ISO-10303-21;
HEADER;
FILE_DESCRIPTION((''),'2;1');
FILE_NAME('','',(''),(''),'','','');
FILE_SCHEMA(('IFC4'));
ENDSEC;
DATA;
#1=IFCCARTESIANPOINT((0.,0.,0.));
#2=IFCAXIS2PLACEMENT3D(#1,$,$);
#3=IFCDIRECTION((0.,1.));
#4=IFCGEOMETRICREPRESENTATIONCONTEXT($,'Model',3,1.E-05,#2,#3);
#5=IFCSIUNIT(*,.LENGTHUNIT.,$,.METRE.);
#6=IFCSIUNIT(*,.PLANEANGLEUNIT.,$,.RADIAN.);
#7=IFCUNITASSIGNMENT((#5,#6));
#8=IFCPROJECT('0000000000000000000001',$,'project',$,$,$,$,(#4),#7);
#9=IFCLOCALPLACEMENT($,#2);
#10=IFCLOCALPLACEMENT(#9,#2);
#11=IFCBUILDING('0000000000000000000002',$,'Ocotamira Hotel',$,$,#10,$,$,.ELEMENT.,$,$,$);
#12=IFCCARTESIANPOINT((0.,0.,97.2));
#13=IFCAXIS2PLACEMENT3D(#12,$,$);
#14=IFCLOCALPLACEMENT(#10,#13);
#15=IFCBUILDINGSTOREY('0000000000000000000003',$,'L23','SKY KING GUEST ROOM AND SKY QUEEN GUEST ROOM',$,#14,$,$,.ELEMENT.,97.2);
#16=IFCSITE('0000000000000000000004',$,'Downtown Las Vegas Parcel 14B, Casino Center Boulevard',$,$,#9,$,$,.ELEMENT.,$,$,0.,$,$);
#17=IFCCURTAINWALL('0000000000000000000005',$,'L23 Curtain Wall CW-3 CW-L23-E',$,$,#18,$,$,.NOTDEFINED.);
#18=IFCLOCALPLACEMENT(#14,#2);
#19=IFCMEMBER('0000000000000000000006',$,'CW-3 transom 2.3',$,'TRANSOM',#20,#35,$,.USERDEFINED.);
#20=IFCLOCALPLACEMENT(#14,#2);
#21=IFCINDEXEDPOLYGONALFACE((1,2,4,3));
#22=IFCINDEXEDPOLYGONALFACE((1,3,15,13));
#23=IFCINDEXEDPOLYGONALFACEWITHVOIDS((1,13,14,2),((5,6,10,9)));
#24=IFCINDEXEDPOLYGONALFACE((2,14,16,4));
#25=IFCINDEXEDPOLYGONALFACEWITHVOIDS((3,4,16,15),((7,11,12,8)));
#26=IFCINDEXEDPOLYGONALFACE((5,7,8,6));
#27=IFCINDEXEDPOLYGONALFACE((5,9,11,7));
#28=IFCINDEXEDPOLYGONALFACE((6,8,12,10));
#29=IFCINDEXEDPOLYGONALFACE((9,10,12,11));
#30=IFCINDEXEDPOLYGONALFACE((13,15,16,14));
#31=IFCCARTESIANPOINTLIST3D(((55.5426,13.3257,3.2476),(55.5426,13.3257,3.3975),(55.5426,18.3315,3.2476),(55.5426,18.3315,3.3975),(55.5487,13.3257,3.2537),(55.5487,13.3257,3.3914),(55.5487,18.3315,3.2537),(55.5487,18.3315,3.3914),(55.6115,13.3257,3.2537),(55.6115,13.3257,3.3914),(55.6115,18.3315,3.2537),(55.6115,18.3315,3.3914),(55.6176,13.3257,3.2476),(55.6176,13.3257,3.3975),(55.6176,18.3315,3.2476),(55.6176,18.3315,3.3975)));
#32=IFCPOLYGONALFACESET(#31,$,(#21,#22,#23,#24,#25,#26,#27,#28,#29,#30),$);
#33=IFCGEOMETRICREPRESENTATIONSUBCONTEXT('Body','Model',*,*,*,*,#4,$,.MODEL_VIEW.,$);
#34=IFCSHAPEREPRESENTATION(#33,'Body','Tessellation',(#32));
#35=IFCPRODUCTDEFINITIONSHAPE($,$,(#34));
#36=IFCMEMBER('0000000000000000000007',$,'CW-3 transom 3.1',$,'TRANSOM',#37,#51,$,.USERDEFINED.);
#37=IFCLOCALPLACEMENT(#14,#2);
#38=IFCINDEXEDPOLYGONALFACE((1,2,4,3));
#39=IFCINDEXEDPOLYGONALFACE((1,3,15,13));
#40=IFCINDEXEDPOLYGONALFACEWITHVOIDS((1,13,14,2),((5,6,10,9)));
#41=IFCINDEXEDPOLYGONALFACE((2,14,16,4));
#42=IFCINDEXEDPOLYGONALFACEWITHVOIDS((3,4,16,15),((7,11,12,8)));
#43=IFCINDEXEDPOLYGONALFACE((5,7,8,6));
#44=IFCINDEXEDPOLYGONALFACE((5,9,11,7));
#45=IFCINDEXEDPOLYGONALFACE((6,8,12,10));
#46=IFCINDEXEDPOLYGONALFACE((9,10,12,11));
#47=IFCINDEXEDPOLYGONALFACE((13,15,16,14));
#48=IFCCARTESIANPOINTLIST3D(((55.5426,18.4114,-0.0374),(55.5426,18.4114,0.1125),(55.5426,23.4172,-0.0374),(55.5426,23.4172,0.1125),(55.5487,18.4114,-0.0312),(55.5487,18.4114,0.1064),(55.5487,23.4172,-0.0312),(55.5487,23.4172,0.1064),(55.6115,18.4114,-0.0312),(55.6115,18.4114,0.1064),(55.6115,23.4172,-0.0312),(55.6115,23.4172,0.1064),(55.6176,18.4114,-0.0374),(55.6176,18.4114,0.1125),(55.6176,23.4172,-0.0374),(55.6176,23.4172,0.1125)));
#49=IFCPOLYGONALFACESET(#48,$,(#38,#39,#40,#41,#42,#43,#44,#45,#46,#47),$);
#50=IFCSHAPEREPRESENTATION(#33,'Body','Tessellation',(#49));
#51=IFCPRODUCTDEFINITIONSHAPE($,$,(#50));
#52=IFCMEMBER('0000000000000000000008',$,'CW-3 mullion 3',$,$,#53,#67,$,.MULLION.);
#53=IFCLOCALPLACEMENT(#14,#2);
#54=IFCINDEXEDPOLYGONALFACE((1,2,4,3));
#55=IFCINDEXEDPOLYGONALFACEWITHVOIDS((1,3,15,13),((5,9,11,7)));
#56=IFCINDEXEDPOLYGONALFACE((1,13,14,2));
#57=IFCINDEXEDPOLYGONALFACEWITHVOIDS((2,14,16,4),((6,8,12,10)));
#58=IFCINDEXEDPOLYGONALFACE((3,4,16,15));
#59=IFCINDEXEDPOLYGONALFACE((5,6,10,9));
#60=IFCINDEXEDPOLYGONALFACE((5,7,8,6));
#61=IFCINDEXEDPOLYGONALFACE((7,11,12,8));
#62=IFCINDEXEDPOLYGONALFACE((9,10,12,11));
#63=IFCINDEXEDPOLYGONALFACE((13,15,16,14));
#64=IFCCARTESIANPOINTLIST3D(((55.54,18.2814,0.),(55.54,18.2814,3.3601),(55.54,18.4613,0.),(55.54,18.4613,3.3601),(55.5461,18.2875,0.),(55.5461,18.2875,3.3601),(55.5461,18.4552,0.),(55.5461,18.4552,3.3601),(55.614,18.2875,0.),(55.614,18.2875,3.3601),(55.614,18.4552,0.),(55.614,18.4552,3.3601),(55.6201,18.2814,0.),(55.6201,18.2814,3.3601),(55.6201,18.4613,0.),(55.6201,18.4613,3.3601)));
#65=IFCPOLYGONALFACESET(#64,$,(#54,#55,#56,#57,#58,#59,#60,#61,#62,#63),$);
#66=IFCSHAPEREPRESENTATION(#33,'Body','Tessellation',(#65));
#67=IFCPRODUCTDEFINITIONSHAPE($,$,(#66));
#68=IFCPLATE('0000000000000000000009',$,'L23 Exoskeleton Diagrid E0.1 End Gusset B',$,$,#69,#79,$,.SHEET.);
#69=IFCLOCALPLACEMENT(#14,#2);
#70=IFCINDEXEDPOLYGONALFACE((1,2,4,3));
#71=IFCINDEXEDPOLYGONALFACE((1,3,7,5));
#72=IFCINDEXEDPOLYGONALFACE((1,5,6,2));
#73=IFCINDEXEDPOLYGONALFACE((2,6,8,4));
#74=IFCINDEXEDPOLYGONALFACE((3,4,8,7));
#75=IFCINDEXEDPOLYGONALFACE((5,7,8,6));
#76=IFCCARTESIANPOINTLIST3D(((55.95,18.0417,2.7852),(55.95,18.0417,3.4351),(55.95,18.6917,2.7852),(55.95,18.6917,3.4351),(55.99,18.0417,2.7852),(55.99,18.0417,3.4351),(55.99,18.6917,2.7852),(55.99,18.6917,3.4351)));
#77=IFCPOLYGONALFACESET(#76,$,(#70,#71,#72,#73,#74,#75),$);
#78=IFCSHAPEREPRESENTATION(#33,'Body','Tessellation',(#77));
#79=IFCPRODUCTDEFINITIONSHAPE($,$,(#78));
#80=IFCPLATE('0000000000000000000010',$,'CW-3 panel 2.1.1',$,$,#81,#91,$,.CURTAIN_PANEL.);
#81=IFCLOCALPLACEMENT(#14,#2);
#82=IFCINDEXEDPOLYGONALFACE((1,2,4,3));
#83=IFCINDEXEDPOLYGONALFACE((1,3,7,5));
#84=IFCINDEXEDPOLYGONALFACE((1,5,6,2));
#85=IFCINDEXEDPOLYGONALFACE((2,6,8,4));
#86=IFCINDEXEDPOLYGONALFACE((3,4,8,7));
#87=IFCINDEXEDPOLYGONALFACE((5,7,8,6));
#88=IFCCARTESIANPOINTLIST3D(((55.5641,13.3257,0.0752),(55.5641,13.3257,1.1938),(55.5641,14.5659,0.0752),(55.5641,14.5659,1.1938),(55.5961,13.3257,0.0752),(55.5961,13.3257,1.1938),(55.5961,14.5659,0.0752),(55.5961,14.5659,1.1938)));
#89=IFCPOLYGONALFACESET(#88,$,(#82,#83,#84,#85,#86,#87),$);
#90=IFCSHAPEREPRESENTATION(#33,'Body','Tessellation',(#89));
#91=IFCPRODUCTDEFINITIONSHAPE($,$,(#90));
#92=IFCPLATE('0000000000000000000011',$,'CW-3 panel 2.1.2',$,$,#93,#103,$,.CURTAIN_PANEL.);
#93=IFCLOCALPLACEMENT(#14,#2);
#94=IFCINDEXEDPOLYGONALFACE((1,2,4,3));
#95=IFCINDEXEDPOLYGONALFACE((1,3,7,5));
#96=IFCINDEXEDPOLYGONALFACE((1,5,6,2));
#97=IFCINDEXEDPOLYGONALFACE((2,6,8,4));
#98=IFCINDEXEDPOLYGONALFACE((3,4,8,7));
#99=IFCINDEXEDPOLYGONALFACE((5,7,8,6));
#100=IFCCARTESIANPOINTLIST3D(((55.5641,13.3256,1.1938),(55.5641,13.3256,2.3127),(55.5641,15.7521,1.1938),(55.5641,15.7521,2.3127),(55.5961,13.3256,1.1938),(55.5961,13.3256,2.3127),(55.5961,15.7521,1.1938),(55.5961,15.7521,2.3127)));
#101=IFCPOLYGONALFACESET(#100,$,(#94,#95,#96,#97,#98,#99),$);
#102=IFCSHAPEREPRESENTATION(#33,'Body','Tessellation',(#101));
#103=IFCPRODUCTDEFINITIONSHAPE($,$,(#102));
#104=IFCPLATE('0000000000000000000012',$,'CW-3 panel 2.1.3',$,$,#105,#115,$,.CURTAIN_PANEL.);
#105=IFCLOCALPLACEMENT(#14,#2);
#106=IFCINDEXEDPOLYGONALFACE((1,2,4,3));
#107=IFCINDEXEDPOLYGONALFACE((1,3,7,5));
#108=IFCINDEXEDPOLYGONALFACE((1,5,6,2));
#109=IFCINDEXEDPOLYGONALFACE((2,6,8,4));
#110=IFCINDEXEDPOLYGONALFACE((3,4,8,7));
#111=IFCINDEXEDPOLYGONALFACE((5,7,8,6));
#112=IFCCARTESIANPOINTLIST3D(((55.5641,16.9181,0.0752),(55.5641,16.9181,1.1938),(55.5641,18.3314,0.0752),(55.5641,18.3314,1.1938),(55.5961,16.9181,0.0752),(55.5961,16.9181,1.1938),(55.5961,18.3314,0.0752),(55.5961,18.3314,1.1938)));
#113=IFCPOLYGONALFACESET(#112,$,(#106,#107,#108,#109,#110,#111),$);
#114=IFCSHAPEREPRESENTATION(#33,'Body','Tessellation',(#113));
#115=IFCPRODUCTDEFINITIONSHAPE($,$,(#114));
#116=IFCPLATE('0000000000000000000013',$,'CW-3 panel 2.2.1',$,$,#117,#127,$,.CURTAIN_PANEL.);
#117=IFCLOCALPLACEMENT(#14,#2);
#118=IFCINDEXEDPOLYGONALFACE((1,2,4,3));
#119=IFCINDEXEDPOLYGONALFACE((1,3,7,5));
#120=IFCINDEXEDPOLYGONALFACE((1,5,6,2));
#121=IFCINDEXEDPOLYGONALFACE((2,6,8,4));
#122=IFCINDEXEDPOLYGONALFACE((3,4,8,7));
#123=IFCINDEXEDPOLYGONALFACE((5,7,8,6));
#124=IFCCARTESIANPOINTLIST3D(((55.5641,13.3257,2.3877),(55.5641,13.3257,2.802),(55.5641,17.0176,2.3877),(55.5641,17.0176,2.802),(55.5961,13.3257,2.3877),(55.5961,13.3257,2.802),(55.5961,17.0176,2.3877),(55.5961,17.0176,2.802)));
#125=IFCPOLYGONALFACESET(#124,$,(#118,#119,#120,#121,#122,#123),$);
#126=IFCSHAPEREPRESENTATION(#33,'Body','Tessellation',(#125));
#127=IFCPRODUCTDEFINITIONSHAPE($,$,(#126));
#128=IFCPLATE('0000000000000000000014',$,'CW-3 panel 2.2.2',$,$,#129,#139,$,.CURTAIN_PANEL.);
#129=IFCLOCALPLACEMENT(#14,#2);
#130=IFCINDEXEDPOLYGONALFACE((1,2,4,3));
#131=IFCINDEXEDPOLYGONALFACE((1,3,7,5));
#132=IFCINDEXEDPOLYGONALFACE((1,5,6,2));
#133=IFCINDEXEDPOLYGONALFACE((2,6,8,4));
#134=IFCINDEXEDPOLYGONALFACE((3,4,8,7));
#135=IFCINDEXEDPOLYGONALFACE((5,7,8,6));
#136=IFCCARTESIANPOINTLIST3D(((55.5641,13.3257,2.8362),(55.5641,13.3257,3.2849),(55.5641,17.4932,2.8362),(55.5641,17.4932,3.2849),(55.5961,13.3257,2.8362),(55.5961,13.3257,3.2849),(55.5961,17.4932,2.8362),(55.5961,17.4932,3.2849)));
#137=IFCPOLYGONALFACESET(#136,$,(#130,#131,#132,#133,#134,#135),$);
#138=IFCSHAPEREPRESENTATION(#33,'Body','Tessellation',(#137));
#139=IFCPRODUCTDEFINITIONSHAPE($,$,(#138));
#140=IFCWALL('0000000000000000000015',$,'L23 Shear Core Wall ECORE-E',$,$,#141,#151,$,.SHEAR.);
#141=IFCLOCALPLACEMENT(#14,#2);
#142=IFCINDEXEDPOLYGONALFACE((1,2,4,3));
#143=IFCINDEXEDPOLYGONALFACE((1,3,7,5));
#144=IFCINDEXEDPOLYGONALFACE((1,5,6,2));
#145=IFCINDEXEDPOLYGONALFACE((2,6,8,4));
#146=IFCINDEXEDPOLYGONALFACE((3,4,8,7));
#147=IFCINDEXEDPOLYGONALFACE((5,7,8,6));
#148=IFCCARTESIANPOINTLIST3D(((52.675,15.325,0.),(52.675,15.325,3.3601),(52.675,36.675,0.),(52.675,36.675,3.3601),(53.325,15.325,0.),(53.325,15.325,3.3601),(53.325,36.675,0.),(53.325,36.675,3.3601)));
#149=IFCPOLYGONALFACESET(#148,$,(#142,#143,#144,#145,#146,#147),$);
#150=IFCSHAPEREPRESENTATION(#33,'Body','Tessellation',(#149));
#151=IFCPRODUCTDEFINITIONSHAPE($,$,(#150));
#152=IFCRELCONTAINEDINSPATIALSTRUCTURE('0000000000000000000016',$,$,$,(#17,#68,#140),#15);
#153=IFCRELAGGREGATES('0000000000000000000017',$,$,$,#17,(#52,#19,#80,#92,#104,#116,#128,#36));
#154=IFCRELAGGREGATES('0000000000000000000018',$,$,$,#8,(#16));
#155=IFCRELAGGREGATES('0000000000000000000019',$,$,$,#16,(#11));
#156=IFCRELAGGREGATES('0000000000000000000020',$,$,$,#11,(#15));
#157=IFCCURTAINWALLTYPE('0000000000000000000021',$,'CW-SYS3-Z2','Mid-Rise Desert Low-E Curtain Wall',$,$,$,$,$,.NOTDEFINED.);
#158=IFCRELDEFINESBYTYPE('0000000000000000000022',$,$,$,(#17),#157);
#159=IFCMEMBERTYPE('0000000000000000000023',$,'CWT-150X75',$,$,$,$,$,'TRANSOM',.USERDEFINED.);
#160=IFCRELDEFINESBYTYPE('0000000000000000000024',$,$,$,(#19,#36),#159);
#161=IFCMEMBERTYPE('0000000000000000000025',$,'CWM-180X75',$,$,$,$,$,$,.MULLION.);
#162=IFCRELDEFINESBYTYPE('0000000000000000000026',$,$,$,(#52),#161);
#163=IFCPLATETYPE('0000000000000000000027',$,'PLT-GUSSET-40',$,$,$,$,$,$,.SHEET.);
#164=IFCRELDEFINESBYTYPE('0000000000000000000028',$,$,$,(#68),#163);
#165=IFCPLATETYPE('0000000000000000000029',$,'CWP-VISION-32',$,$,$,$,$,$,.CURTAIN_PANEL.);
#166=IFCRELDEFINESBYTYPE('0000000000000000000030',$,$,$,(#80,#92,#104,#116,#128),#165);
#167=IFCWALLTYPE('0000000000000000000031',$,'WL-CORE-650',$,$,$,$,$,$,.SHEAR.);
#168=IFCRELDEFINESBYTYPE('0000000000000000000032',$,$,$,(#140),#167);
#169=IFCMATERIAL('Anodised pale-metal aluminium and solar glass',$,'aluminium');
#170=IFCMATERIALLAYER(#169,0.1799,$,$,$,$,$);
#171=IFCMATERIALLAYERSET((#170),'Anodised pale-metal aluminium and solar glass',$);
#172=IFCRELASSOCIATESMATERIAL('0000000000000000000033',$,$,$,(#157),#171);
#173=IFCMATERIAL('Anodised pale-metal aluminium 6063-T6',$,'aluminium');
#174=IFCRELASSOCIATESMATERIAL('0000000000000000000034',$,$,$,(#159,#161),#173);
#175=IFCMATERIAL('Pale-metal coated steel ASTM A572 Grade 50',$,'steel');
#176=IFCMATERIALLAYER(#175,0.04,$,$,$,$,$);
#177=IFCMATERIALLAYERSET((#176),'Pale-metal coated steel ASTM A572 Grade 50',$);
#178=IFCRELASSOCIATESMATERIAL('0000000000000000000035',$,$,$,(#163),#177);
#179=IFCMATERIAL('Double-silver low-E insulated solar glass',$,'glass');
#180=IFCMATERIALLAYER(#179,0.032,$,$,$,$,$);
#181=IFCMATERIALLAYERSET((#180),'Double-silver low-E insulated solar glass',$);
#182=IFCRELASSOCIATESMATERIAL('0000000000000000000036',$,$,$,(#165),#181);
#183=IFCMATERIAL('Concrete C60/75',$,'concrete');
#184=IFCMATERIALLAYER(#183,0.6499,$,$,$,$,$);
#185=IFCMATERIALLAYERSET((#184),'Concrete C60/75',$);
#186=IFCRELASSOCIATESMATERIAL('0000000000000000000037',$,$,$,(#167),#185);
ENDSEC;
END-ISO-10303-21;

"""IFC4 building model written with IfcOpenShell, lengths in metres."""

from ifc_helpers import new_model, si_unit, direction, frame, frame_2d, origin, origin_2d, place, context, subcontext, project, spatial, rectangle, hollow_rectangle, extrude, source, transform, mapped, material, layer, layer_set, material_profile, profile_set, type_object, element, aggregate, save


model = new_model("IFC4")

# Units and contexts
model_context = context("Model", 3, precision=1e-05, world=origin(), true_north=direction((0.0, 1.0)))
body_context = subcontext(model_context, "Body", "Model", "MODEL_VIEW")
ifc_project = project(units=[si_unit("LENGTHUNIT", "METRE"), si_unit("PLANEANGLEUNIT", "RADIAN")], contexts=[model_context])

# Site, building, storey
site_placement = place(None, origin())
site = spatial("IfcSite", under=ifc_project, at=site_placement, Name="Downtown Las Vegas Parcel 14B, Casino Center Boulevard", CompositionType="ELEMENT", RefElevation=0.0)
building_placement = place(site_placement, origin())
building = spatial("IfcBuilding", under=site, at=building_placement, Name="Ocotamira Hotel", CompositionType="ELEMENT")
storey_placement = place(building_placement, frame((0.0, 0.0, 97.2)))
storey = spatial("IfcBuildingStorey", under=building, at=storey_placement, Name="L23", Description="SKY KING GUEST ROOM AND SKY QUEEN GUEST ROOM", CompositionType="ELEMENT", Elevation=97.2)

# Curtain wall, members
ifc_material_1 = material(Name="Anodised pale-metal aluminium and solar glass", Category="aluminium")
ifc_layer_1 = layer(ifc_material_1, 0.1799)
ifc_layer_set_1 = layer_set([ifc_layer_1], Name="Anodised pale-metal aluminium and solar glass")
curtain_wall_type = type_object("IfcCurtainWallType", Name="CW-SYS3-Z2", Description="Mid-Rise Desert Low-E Curtain Wall", PredefinedType="NOTDEFINED", material=ifc_layer_set_1)
curtain_wall_placement = place(storey_placement, origin())
curtain_wall = element("IfcCurtainWall", 1, at=curtain_wall_placement, inside=storey, type_object=curtain_wall_type, Name="L23 Curtain Wall CW-3 CW-L23-E", PredefinedType="NOTDEFINED")
ifc_material_2 = material(Name="Anodised pale-metal aluminium 6063-T6", Category="aluminium")
ifc_material_profile_1 = material_profile(ifc_material_2, hollow_rectangle(XDim=0.075, YDim=0.1499, WallThickness=0.0061, at=origin_2d()), Name="HSS150X75X6")
ifc_profile_set_1 = profile_set([ifc_material_profile_1], Name="Anodised pale-metal aluminium 6063-T6")
member_type_1 = type_object("IfcMemberType", Name="CWT-150X75", ElementType="TRANSOM", PredefinedType="USERDEFINED", material=ifc_profile_set_1)
shared_shape_1 = source(origin(), body_context, "Body", "SweptSolid", [
    extrude(hollow_rectangle(XDim=0.075, YDim=0.1499, WallThickness=0.0061, at=origin_2d()), origin(), (0.0, 0.0, 1.0), 5.0059),
])
member_1_placement = place(storey_placement, frame((55.5801, 13.3257, 3.3225), z_axis=(0.0, 1.0, 0.0), x_axis=(-1.0, 0.0, 0.0)))
member_1 = element("IfcMember", 2, at=member_1_placement, type_object=member_type_1, Name="CW-3 transom 2.3", ObjectType="TRANSOM", PredefinedType="USERDEFINED", context=body_context, shape_type="MappedRepresentation", body=[
    mapped(shared_shape_1, transform((0.0, 0.0, 0.0), scale=1.0)),
])
member_2_placement = place(storey_placement, frame((55.5801, 18.4114, 0.0376), z_axis=(0.0, 1.0, 0.0), x_axis=(-1.0, 0.0, 0.0)))
member_2 = element("IfcMember", 3, at=member_2_placement, type_object=member_type_1, Name="CW-3 transom 3.1", ObjectType="TRANSOM", PredefinedType="USERDEFINED", context=body_context, shape_type="MappedRepresentation", body=[
    mapped(shared_shape_1, transform((0.0, 0.0, 0.0), scale=1.0)),
])
ifc_material_profile_2 = material_profile(ifc_material_2, hollow_rectangle(XDim=0.0801, YDim=0.1799, WallThickness=0.0061, at=origin_2d()), Name="HSS180X80X6")
ifc_profile_set_2 = profile_set([ifc_material_profile_2], Name="Anodised pale-metal aluminium 6063-T6")
member_type_2 = type_object("IfcMemberType", Name="CWM-180X75", PredefinedType="MULLION", material=ifc_profile_set_2)
shared_shape_2 = source(origin(), body_context, "Body", "SweptSolid", [
    extrude(hollow_rectangle(XDim=0.0801, YDim=0.1799, WallThickness=0.0061, at=origin_2d()), origin(), (0.0, 0.0, 1.0), 3.3601),
])
member_3_placement = place(storey_placement, frame((55.5801, 18.3713, 0.0), z_axis=(0.0, 0.0, 1.0), x_axis=(-1.0, 0.0, 0.0)))
member_3 = element("IfcMember", 4, at=member_3_placement, type_object=member_type_2, Name="CW-3 mullion 3", PredefinedType="MULLION", context=body_context, shape_type="MappedRepresentation", body=[
    mapped(shared_shape_2, transform((0.0, 0.0, 0.0), scale=1.0)),
])

# Plates
ifc_material_3 = material(Name="Pale-metal coated steel ASTM A572 Grade 50", Category="steel")
ifc_layer_2 = layer(ifc_material_3, 0.04)
ifc_layer_set_2 = layer_set([ifc_layer_2], Name="Pale-metal coated steel ASTM A572 Grade 50")
plate_type_1 = type_object("IfcPlateType", Name="PLT-GUSSET-40", PredefinedType="SHEET", material=ifc_layer_set_2)
shared_shape_3 = source(origin(), body_context, "Body", "SweptSolid", [
    extrude(rectangle(XDim=0.04, YDim=0.6499, at=origin_2d()), origin(), (0.0, 0.0, 1.0), 0.6499),
])
plate_1_placement = place(storey_placement, frame((55.97, 18.3667, 2.7852), z_axis=(0.0, 0.0, 1.0), x_axis=(1.0, 0.0, 0.0)))
element("IfcPlate", 5, at=plate_1_placement, inside=storey, type_object=plate_type_1, Name="L23 Exoskeleton Diagrid E0.1 End Gusset B", PredefinedType="SHEET", context=body_context, shape_type="MappedRepresentation", body=[
    mapped(shared_shape_3, transform((0.0, 0.0, 0.0), scale=1.0)),
])
ifc_material_4 = material(Name="Double-silver low-E insulated solar glass", Category="glass")
ifc_layer_3 = layer(ifc_material_4, 0.032)
ifc_layer_set_3 = layer_set([ifc_layer_3], Name="Double-silver low-E insulated solar glass")
plate_type_2 = type_object("IfcPlateType", Name="CWP-VISION-32", PredefinedType="CURTAIN_PANEL", material=ifc_layer_set_3)
shared_shape_4 = source(origin(), body_context, "Body", "SweptSolid", [
    extrude(rectangle(XDim=1.2402, YDim=0.032, at=origin_2d()), origin(), (0.0, 0.0, 1.0), 1.1187),
])
plate_2_placement = place(storey_placement, frame((55.5801, 13.9458, 0.0752), z_axis=(0.0, 0.0, 1.0), x_axis=(0.0, 1.0, 0.0)))
plate_2 = element("IfcPlate", 6, at=plate_2_placement, type_object=plate_type_2, Name="CW-3 panel 2.1.1", PredefinedType="CURTAIN_PANEL", context=body_context, shape_type="MappedRepresentation", body=[
    mapped(shared_shape_4, transform((0.0, 0.0, 0.0), scale=1.0)),
])
shared_shape_5 = source(origin(), body_context, "Body", "SweptSolid", [
    extrude(rectangle(XDim=2.4265, YDim=0.032, at=origin_2d()), origin(), (0.0, 0.0, 1.0), 1.1189),
])
plate_3_placement = place(storey_placement, frame((55.5801, 14.5388, 1.1938), z_axis=(0.0, 0.0, 1.0), x_axis=(0.0, 1.0, 0.0)))
plate_3 = element("IfcPlate", 7, at=plate_3_placement, type_object=plate_type_2, Name="CW-3 panel 2.1.2", PredefinedType="CURTAIN_PANEL", context=body_context, shape_type="MappedRepresentation", body=[
    mapped(shared_shape_5, transform((0.0, 0.0, 0.0), scale=1.0)),
])
shared_shape_6 = source(origin(), body_context, "Body", "SweptSolid", [
    extrude(rectangle(XDim=1.4133, YDim=0.032, at=origin_2d()), origin(), (0.0, 0.0, 1.0), 1.1187),
])
plate_4_placement = place(storey_placement, frame((55.5801, 17.6248, 0.0752), z_axis=(0.0, 0.0, 1.0), x_axis=(0.0, 1.0, 0.0)))
plate_4 = element("IfcPlate", 8, at=plate_4_placement, type_object=plate_type_2, Name="CW-3 panel 2.1.3", PredefinedType="CURTAIN_PANEL", context=body_context, shape_type="MappedRepresentation", body=[
    mapped(shared_shape_6, transform((0.0, 0.0, 0.0), scale=1.0)),
])
shared_shape_7 = source(origin(), body_context, "Body", "SweptSolid", [
    extrude(rectangle(XDim=3.6919, YDim=0.032, at=origin_2d()), origin(), (0.0, 0.0, 1.0), 0.4143),
])
plate_5_placement = place(storey_placement, frame((55.5801, 15.1716, 2.3877), z_axis=(0.0, 0.0, 1.0), x_axis=(0.0, 1.0, 0.0)))
plate_5 = element("IfcPlate", 9, at=plate_5_placement, type_object=plate_type_2, Name="CW-3 panel 2.2.1", PredefinedType="CURTAIN_PANEL", context=body_context, shape_type="MappedRepresentation", body=[
    mapped(shared_shape_7, transform((0.0, 0.0, 0.0), scale=1.0)),
])
shared_shape_8 = source(origin(), body_context, "Body", "SweptSolid", [
    extrude(rectangle(XDim=4.1675, YDim=0.032, at=origin_2d()), origin(), (0.0, 0.0, 1.0), 0.4487),
])
plate_6_placement = place(storey_placement, frame((55.5801, 15.4094, 2.8362), z_axis=(0.0, 0.0, 1.0), x_axis=(0.0, 1.0, 0.0)))
plate_6 = element("IfcPlate", 10, at=plate_6_placement, type_object=plate_type_2, Name="CW-3 panel 2.2.2", PredefinedType="CURTAIN_PANEL", context=body_context, shape_type="MappedRepresentation", body=[
    mapped(shared_shape_8, transform((0.0, 0.0, 0.0), scale=1.0)),
])
aggregate(curtain_wall, [member_3, member_1, plate_2, plate_3, plate_4, plate_5, plate_6, member_2])

# Wall
ifc_material_5 = material(Name="Concrete C60/75", Category="concrete")
ifc_layer_4 = layer(ifc_material_5, 0.6499)
ifc_layer_set_4 = layer_set([ifc_layer_4], Name="Concrete C60/75")
wall_type_1 = type_object("IfcWallType", Name="WL-CORE-650", PredefinedType="SHEAR", material=ifc_layer_set_4)
wall_1_placement = place(storey_placement, frame((53.0, 15.325, 0.0), z_axis=(0.0, 0.0, 1.0), x_axis=(0.0, 1.0, 0.0)))
element("IfcWall", 11, at=wall_1_placement, inside=storey, type_object=wall_type_1, Name="L23 Shear Core Wall ECORE-E", PredefinedType="SHEAR", context=body_context, shape_type="SweptSolid", body=[
    extrude(rectangle(XDim=21.3501, YDim=0.6499, at=frame_2d((10.675, 0.0))), origin(), (0.0, 0.0, 1.0), 3.3601),
])

save(model, "model.ifc")
